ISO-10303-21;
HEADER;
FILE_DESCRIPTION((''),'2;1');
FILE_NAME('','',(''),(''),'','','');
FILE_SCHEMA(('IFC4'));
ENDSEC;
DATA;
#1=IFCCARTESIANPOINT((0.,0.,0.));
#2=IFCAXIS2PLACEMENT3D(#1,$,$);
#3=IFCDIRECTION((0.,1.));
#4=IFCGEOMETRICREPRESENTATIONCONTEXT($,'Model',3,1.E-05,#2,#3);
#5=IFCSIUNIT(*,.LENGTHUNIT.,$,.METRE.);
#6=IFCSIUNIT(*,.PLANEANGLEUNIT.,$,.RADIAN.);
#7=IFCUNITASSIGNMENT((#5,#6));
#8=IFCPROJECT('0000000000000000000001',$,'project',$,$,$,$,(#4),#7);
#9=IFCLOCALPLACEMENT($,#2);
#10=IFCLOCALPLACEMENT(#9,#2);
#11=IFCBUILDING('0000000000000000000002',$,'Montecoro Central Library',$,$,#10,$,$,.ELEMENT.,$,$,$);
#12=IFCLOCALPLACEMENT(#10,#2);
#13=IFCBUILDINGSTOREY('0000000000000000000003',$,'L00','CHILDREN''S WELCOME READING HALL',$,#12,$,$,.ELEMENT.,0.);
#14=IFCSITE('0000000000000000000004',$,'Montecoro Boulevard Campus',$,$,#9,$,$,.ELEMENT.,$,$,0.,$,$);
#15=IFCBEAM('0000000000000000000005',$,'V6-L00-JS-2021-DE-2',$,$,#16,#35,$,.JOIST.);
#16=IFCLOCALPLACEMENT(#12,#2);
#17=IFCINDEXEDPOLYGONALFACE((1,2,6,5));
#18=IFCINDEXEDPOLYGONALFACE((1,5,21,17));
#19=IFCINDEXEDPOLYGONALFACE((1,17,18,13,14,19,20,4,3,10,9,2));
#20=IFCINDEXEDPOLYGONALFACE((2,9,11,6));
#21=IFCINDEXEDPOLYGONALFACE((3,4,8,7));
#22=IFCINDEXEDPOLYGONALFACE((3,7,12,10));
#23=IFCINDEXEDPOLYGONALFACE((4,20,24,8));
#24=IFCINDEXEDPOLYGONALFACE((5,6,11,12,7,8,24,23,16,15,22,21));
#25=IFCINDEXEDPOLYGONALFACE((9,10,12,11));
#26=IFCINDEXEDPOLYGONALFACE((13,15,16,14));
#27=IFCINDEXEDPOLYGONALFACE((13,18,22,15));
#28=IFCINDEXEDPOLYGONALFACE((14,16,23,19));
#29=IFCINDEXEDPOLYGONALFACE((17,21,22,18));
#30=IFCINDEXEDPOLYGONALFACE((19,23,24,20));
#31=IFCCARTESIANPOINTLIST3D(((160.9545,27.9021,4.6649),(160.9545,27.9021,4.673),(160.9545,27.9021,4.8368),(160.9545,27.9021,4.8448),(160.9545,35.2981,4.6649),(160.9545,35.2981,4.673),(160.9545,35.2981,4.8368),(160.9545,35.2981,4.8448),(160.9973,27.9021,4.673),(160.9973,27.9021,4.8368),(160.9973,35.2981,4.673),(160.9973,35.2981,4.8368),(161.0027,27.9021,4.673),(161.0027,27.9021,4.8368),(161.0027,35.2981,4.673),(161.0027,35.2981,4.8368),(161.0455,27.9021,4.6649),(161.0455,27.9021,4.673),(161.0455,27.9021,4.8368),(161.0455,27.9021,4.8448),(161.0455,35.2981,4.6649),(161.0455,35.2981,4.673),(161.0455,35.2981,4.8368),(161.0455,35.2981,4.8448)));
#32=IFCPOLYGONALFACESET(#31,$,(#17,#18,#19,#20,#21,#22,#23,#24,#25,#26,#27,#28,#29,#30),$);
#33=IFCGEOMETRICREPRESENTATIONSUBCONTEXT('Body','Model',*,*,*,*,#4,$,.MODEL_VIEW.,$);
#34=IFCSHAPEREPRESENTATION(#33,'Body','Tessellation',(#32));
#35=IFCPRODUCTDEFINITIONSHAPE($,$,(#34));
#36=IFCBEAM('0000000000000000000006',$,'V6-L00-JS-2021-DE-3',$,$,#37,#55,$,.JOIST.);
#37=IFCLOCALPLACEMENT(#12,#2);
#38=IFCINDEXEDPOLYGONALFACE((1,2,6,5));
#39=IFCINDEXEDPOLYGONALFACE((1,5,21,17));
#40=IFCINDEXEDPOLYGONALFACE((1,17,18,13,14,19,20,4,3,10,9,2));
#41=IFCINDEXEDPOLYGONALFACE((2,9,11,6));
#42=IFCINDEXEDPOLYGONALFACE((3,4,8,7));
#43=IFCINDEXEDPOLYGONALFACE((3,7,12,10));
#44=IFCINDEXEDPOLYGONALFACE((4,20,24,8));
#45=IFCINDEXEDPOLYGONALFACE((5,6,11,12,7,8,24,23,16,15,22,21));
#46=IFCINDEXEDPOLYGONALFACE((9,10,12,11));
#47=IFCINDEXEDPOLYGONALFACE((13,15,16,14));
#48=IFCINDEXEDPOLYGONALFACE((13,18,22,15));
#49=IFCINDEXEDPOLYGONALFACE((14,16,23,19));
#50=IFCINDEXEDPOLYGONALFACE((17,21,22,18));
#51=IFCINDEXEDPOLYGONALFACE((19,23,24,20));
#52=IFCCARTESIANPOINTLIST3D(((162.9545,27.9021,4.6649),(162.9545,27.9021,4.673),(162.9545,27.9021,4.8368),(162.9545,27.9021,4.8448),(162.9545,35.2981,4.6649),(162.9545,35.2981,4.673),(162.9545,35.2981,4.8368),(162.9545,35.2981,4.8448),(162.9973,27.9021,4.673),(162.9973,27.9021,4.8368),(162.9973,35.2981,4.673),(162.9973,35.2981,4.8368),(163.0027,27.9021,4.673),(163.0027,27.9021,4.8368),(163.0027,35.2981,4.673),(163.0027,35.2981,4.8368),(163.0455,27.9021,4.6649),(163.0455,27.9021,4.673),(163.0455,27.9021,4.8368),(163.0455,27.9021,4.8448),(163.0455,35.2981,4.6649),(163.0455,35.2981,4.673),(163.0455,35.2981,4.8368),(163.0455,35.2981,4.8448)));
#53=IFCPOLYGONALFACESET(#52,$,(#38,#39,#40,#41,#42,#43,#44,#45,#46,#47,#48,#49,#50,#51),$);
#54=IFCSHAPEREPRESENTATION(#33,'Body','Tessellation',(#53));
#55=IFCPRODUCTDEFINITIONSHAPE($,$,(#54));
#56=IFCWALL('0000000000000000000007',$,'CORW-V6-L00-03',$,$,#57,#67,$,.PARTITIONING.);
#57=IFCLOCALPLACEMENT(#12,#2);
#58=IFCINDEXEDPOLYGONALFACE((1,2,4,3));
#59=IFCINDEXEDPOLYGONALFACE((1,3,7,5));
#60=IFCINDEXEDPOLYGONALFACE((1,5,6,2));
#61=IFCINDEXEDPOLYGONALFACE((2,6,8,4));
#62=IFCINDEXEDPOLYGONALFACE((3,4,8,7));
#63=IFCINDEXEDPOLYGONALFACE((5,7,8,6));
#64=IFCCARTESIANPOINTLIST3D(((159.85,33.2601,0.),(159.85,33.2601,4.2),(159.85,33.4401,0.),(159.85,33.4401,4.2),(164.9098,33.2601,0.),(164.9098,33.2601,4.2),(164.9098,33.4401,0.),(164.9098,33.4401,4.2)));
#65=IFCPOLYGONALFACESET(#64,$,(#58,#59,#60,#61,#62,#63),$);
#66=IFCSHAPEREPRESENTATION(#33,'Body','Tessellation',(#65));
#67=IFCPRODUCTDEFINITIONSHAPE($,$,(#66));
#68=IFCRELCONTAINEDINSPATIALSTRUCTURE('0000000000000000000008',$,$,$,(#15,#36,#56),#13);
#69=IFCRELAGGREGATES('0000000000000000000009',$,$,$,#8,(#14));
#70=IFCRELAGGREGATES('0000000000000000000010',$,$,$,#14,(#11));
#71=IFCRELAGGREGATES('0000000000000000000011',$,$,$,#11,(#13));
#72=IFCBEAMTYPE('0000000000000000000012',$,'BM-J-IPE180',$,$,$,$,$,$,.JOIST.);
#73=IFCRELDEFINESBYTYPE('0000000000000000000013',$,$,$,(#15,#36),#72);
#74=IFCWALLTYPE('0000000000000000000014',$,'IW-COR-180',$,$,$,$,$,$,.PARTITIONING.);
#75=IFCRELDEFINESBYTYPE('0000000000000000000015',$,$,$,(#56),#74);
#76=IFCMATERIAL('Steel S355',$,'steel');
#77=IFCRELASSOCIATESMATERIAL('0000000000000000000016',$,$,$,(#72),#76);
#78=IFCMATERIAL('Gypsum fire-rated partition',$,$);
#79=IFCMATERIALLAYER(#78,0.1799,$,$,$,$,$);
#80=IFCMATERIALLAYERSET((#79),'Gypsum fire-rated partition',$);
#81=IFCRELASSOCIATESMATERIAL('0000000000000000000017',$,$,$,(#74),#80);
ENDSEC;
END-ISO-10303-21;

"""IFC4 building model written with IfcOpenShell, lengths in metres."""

from ifc_helpers import new_model, si_unit, direction, frame, frame_2d, origin, origin_2d, place, context, subcontext, project, spatial, rectangle, i_section, extrude, material, layer, layer_set, material_profile, profile_set, type_object, element, save


model = new_model("IFC4")

# Units and contexts
model_context = context("Model", 3, precision=1e-05, world=origin(), true_north=direction((0.0, 1.0)))
body_context = subcontext(model_context, "Body", "Model", "MODEL_VIEW")
ifc_project = project(units=[si_unit("LENGTHUNIT", "METRE"), si_unit("PLANEANGLEUNIT", "RADIAN")], contexts=[model_context])

# Site, building, storey
site_placement = place(None, origin())
site = spatial("IfcSite", under=ifc_project, at=site_placement, Name="Montecoro Boulevard Campus", CompositionType="ELEMENT", RefElevation=0.0)
building_placement = place(site_placement, origin())
building = spatial("IfcBuilding", under=site, at=building_placement, Name="Montecoro Central Library", CompositionType="ELEMENT")
storey_placement = place(building_placement, origin())
storey = spatial("IfcBuildingStorey", under=building, at=storey_placement, Name="L00", Description="CHILDREN'S WELCOME READING HALL", CompositionType="ELEMENT", Elevation=0.0)

# Shared definitions
ifc_material_1 = material(Name="Steel S355", Category="steel")

# Beams
ifc_material_profile_1 = material_profile(ifc_material_1, i_section(OverallWidth=0.0911, OverallDepth=0.1799, WebThickness=0.0054, FlangeThickness=0.0081, at=origin_2d()), Name="IPE 180")
ifc_profile_set_1 = profile_set([ifc_material_profile_1], Name="Steel S355")
beam_type_1 = type_object("IfcBeamType", Name="BM-J-IPE180", PredefinedType="JOIST", material=ifc_profile_set_1)
for number, where, z_axis, x_axis, name in (
    (1, (161.0, 27.9021, 4.7549), (0.0, 1.0, 0.0), (-1.0, 0.0, 0.0), "V6-L00-JS-2021-DE-2"),
    (2, (163.0, 27.9021, 4.7549), (0.0, 1.0, 0.0), (-1.0, 0.0, 0.0), "V6-L00-JS-2021-DE-3"),
):
    element("IfcBeam", number, at=place(storey_placement, frame(where, z_axis=z_axis, x_axis=x_axis)), inside=storey, type_object=beam_type_1, Name=name, PredefinedType="JOIST", context=body_context, shape_type="SweptSolid", body=[
        extrude(i_section(OverallWidth=0.0911, OverallDepth=0.1799, WebThickness=0.0054, FlangeThickness=0.0081, at=origin_2d()), origin(), (0.0, 0.0, 1.0), 7.396),
    ])

# Wall
ifc_material_2 = material(Name="Gypsum fire-rated partition")
ifc_layer = layer(ifc_material_2, 0.1799)
ifc_layer_set = layer_set([ifc_layer], Name="Gypsum fire-rated partition")
wall_type = type_object("IfcWallType", Name="IW-COR-180", PredefinedType="PARTITIONING", material=ifc_layer_set)
wall_placement = place(storey_placement, frame((159.8501, 33.3501, 0.0), z_axis=(0.0, 0.0, 1.0), x_axis=(1.0, 0.0, 0.0)))
element("IfcWall", 3, at=wall_placement, inside=storey, type_object=wall_type, Name="CORW-V6-L00-03", PredefinedType="PARTITIONING", context=body_context, shape_type="SweptSolid", body=[
    extrude(rectangle(XDim=5.0598, YDim=0.1799, at=frame_2d((2.5298, 0.0))), origin(), (0.0, 0.0, 1.0), 4.2),
])

save(model, "model.ifc")
